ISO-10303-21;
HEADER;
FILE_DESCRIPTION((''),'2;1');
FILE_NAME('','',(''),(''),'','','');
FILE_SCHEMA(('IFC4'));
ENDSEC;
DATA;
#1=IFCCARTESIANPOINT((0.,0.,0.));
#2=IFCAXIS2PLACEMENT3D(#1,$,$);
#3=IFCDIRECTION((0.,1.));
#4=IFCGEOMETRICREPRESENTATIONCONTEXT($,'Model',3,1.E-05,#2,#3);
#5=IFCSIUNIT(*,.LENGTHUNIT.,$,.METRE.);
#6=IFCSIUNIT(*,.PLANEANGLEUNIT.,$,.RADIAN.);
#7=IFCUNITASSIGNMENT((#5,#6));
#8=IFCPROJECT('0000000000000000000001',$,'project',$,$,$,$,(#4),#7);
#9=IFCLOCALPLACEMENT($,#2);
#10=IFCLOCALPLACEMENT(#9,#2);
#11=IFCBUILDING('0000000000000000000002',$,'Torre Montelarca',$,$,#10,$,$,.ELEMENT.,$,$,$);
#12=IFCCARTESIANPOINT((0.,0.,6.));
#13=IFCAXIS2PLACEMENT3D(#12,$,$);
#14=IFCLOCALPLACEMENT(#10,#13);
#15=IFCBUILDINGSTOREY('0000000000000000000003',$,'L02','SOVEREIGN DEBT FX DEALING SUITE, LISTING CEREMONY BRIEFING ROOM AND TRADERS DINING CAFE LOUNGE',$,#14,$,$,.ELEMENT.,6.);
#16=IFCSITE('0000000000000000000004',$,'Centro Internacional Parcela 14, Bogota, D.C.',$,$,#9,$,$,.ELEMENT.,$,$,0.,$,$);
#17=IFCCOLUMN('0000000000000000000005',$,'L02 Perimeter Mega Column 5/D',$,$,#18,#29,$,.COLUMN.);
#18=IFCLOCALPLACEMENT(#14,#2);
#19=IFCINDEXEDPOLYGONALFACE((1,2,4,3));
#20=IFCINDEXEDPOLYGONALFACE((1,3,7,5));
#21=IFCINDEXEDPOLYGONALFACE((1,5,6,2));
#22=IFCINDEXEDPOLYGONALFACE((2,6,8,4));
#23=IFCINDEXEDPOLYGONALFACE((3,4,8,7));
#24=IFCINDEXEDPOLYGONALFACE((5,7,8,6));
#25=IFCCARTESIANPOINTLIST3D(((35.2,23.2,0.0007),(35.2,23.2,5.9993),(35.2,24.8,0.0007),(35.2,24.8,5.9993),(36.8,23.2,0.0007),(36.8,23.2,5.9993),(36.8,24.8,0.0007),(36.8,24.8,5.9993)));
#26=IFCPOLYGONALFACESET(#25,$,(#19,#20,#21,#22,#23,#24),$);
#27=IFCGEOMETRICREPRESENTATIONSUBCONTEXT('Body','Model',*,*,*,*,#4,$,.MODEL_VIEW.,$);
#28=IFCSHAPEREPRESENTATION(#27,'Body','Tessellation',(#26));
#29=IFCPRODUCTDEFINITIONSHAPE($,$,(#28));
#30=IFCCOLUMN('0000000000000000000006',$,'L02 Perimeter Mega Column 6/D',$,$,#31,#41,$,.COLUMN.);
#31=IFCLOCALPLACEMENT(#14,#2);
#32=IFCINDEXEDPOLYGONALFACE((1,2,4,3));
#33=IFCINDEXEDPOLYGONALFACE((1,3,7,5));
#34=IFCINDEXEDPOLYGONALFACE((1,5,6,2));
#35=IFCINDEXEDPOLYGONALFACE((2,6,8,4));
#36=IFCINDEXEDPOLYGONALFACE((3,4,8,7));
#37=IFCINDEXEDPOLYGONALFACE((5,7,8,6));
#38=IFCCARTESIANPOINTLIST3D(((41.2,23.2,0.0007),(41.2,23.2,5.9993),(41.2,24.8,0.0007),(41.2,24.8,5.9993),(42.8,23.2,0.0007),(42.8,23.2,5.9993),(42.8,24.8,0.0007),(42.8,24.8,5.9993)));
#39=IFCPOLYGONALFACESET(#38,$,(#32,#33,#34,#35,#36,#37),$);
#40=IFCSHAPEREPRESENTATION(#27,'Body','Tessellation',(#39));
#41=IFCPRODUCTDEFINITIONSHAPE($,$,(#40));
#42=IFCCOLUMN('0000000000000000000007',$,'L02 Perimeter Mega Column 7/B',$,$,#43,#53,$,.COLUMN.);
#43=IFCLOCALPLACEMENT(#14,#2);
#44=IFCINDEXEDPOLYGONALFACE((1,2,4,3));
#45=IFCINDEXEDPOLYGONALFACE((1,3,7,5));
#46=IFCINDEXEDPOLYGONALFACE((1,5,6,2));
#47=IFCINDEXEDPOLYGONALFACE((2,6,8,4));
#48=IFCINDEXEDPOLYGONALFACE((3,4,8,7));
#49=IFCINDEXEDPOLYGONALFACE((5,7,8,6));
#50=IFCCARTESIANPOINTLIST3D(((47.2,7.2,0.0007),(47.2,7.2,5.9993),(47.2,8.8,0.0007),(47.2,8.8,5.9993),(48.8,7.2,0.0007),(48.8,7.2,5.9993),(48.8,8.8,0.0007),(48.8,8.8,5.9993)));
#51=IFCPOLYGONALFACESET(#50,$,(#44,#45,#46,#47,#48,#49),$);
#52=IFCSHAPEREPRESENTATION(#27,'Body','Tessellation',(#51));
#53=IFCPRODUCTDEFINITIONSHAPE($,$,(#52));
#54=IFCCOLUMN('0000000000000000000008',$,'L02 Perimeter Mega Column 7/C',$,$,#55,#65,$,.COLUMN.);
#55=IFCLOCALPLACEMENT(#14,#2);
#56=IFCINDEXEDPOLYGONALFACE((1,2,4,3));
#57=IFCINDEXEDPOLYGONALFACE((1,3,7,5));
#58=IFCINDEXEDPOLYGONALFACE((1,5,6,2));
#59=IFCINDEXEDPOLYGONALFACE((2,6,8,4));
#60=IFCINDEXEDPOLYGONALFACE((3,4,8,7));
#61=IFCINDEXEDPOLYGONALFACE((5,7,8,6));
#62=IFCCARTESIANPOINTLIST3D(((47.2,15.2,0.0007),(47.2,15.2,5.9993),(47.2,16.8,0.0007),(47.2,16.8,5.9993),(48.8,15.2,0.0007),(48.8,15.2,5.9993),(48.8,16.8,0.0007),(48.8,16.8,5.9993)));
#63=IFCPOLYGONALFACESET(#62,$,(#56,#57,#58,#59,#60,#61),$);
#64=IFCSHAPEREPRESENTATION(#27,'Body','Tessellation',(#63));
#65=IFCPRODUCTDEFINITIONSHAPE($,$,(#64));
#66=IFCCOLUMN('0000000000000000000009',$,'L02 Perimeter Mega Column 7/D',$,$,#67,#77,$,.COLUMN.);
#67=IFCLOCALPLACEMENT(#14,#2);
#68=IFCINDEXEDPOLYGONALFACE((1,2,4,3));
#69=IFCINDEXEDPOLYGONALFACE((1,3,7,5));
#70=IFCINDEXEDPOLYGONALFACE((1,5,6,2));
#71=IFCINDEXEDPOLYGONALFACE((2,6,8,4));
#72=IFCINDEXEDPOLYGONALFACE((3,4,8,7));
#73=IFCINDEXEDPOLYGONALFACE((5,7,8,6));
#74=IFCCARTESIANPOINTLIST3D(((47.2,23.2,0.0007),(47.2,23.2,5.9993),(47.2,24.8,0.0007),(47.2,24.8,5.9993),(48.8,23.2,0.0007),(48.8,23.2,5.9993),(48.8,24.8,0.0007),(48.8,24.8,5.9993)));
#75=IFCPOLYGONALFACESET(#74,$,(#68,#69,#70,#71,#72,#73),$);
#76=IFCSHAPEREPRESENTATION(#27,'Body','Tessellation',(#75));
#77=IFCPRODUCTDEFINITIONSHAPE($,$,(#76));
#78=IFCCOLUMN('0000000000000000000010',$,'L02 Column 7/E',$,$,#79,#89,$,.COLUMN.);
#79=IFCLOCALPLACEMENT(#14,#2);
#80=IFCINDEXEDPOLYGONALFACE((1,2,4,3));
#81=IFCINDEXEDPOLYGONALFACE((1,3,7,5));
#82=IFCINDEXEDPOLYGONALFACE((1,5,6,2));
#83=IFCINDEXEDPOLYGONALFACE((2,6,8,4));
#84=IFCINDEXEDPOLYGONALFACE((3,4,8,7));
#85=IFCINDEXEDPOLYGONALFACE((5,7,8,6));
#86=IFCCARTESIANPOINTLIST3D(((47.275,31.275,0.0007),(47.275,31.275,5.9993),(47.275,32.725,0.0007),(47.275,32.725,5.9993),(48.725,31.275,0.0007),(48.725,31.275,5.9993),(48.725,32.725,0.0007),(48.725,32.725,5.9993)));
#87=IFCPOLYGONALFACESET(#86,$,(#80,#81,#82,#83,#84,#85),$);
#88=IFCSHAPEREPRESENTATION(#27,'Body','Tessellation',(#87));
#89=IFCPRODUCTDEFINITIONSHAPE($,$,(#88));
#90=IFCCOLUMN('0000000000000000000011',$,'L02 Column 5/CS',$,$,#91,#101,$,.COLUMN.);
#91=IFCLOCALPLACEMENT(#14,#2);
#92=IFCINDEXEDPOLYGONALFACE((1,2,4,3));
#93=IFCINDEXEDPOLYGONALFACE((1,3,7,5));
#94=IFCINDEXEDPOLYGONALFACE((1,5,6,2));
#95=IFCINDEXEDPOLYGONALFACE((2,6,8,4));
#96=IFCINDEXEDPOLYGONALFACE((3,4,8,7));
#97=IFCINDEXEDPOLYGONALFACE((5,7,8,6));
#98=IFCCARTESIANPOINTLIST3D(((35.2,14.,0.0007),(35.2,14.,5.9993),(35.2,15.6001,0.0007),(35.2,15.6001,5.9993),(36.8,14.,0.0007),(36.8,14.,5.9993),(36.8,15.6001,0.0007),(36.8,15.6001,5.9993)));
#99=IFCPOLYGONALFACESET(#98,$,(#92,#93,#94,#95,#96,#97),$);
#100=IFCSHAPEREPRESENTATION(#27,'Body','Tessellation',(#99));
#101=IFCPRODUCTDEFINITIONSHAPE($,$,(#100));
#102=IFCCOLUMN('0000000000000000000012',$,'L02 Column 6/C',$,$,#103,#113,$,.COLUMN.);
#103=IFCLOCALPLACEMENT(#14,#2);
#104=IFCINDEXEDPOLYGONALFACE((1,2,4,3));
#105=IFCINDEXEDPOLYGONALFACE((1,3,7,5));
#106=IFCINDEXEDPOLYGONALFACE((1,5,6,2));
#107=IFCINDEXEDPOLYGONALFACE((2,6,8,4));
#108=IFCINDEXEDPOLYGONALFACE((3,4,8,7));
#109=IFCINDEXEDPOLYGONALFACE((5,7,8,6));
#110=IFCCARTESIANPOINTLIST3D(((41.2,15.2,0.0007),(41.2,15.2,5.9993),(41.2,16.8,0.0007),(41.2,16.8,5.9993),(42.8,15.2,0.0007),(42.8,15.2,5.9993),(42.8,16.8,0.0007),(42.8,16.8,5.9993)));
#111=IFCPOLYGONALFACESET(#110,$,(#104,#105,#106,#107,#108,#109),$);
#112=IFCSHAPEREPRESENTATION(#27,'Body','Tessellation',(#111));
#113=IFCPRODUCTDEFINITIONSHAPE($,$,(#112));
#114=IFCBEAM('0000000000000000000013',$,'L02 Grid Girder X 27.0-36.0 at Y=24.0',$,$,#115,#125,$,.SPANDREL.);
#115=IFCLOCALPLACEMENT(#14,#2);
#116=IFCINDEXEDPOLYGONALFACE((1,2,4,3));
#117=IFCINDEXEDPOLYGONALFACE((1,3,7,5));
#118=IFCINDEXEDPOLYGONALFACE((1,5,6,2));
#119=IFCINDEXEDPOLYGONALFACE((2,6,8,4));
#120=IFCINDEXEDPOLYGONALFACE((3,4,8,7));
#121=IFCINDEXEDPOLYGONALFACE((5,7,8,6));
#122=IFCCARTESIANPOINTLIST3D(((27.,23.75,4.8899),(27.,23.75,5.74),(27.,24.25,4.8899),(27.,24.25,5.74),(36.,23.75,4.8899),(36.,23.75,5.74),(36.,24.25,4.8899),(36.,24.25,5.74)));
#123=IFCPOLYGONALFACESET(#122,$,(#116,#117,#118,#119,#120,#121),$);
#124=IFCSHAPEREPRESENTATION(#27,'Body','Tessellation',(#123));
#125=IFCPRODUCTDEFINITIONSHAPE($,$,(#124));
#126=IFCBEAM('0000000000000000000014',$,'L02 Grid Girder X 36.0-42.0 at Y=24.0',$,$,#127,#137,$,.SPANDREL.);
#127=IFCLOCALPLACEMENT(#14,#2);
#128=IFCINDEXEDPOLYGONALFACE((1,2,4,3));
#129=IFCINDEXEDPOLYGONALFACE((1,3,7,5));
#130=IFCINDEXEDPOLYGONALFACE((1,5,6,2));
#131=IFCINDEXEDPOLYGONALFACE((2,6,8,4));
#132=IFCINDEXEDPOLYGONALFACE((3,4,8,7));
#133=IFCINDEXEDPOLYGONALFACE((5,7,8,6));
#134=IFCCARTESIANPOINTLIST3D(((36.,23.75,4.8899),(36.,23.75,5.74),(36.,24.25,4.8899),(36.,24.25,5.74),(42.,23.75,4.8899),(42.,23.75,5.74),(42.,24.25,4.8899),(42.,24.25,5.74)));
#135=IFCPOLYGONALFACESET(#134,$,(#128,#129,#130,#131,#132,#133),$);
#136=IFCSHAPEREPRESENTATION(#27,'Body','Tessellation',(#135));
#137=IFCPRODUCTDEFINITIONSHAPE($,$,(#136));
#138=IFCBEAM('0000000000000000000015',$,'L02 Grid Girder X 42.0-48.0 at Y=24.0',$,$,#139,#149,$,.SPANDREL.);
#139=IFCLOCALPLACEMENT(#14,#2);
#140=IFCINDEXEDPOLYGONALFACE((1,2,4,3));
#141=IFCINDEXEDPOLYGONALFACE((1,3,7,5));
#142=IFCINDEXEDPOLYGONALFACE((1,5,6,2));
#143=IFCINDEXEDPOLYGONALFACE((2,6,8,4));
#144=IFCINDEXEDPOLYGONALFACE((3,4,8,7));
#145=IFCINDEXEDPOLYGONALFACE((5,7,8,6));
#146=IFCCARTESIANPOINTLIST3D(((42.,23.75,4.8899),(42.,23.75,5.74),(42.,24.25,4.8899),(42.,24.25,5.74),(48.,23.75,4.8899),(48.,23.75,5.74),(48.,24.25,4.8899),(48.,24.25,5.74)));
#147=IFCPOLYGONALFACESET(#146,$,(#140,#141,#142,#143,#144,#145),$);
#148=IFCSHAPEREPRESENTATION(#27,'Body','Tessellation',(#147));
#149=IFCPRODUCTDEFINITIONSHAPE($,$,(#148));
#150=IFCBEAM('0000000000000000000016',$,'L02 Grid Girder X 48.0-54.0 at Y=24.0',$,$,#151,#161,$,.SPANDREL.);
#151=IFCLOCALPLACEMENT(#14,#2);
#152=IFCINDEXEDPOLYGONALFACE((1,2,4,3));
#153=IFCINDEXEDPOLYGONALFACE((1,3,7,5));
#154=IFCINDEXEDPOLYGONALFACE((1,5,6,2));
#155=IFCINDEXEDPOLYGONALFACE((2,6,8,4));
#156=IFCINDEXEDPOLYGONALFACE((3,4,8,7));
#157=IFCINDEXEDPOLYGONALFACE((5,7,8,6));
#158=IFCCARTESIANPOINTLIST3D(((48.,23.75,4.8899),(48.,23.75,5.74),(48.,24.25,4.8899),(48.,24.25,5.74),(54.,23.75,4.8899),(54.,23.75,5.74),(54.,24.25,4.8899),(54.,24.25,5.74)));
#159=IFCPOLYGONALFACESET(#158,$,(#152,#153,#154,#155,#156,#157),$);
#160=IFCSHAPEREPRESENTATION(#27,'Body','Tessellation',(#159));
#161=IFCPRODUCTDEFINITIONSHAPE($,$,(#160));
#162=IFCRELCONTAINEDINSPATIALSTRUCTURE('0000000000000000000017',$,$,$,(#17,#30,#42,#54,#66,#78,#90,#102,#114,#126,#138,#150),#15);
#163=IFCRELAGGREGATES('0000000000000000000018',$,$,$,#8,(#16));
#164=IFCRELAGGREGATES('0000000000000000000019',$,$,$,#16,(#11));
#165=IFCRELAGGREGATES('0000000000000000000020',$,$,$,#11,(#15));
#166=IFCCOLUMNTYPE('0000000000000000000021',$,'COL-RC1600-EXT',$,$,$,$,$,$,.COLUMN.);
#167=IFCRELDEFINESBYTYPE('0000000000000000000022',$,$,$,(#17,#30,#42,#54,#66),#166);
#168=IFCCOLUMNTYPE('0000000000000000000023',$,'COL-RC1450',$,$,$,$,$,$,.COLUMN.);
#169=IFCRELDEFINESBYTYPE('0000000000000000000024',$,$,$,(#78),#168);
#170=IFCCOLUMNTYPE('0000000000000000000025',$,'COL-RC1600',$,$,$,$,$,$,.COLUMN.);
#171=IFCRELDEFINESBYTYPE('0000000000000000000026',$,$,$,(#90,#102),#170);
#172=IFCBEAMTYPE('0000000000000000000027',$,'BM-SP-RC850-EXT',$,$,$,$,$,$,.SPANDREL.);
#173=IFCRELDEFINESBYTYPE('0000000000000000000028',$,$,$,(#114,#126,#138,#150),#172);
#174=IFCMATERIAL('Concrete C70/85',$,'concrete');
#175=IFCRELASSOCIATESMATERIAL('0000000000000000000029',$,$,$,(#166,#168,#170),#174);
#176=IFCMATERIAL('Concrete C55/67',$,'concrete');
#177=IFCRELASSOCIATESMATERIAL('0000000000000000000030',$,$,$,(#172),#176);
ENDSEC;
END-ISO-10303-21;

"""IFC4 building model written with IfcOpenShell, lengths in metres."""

from ifc_helpers import new_model, si_unit, direction, frame, origin, origin_2d, place, context, subcontext, project, spatial, rectangle, extrude, source, transform, mapped, material, material_profile, profile_set, type_object, element, save


model = new_model("IFC4")

# Units and contexts
model_context = context("Model", 3, precision=1e-05, world=origin(), true_north=direction((0.0, 1.0)))
body_context = subcontext(model_context, "Body", "Model", "MODEL_VIEW")
ifc_project = project(units=[si_unit("LENGTHUNIT", "METRE"), si_unit("PLANEANGLEUNIT", "RADIAN")], contexts=[model_context])

# Site, building, storey
site_placement = place(None, origin())
site = spatial("IfcSite", under=ifc_project, at=site_placement, Name="Centro Internacional Parcela 14, Bogota, D.C.", CompositionType="ELEMENT", RefElevation=0.0)
building_placement = place(site_placement, origin())
building = spatial("IfcBuilding", under=site, at=building_placement, Name="Torre Montelarca", CompositionType="ELEMENT")
storey_placement = place(building_placement, frame((0.0, 0.0, 6.0)))
storey = spatial("IfcBuildingStorey", under=building, at=storey_placement, Name="L02", Description="SOVEREIGN DEBT FX DEALING SUITE, LISTING CEREMONY BRIEFING ROOM AND TRADERS DINING CAFE LOUNGE", CompositionType="ELEMENT", Elevation=6.0)

# Columns
ifc_material_1 = material(Name="Concrete C70/85", Category="concrete")
ifc_material_profile_1 = material_profile(ifc_material_1, rectangle(XDim=1.6001, YDim=1.6001, at=origin_2d()), Name="RC1600X1600", Category="concrete")
ifc_profile_set_1 = profile_set([ifc_material_profile_1], Name="Concrete C70/85")
column_type_1 = type_object("IfcColumnType", Name="COL-RC1600-EXT", PredefinedType="COLUMN", material=ifc_profile_set_1)
shared_shape_1 = source(origin(), body_context, "Body", "SweptSolid", [
    extrude(rectangle(XDim=1.6001, YDim=1.6001, at=origin_2d()), origin(), (0.0, 0.0, 1.0), 5.9985),
])
for number, where, z_axis, x_axis, name in (
    (1, (36.0, 24.0, 0.0007), (0.0, 0.0, 1.0), (1.0, 0.0, 0.0), "L02 Perimeter Mega Column 5/D"),
    (2, (42.0, 24.0, 0.0007), (0.0, 0.0, 1.0), (1.0, 0.0, 0.0), "L02 Perimeter Mega Column 6/D"),
    (3, (48.0, 8.0, 0.0007), (0.0, 0.0, 1.0), (1.0, 0.0, 0.0), "L02 Perimeter Mega Column 7/B"),
    (4, (48.0, 16.0, 0.0007), (0.0, 0.0, 1.0), (1.0, 0.0, 0.0), "L02 Perimeter Mega Column 7/C"),
    (5, (48.0, 24.0, 0.0007), (0.0, 0.0, 1.0), (1.0, 0.0, 0.0), "L02 Perimeter Mega Column 7/D"),
):
    element("IfcColumn", number, at=place(storey_placement, frame(where, z_axis=z_axis, x_axis=x_axis)), inside=storey, type_object=column_type_1, Name=name, PredefinedType="COLUMN", context=body_context, shape_type="MappedRepresentation", body=[
        mapped(shared_shape_1, transform((0.0, 0.0, 0.0), scale=1.0)),
    ])
ifc_material_profile_2 = material_profile(ifc_material_1, rectangle(XDim=1.45, YDim=1.45, at=origin_2d()), Name="RC1450X1450", Category="concrete")
ifc_profile_set_2 = profile_set([ifc_material_profile_2], Name="Concrete C70/85")
column_type_2 = type_object("IfcColumnType", Name="COL-RC1450", PredefinedType="COLUMN", material=ifc_profile_set_2)
shared_shape_2 = source(origin(), body_context, "Body", "SweptSolid", [
    extrude(rectangle(XDim=1.45, YDim=1.45, at=origin_2d()), origin(), (0.0, 0.0, 1.0), 5.9985),
])
column_placement = place(storey_placement, frame((48.0, 32.0, 0.0007), z_axis=(0.0, 0.0, 1.0), x_axis=(1.0, 0.0, 0.0)))
element("IfcColumn", 6, at=column_placement, inside=storey, type_object=column_type_2, Name="L02 Column 7/E", PredefinedType="COLUMN", context=body_context, shape_type="MappedRepresentation", body=[
    mapped(shared_shape_2, transform((0.0, 0.0, 0.0), scale=1.0)),
])
ifc_material_profile_3 = material_profile(ifc_material_1, rectangle(XDim=1.6001, YDim=1.6001, at=origin_2d()), Name="RC1600X1600", Category="concrete")
ifc_profile_set_3 = profile_set([ifc_material_profile_3], Name="Concrete C70/85")
column_type_3 = type_object("IfcColumnType", Name="COL-RC1600", PredefinedType="COLUMN", material=ifc_profile_set_3)
shared_shape_3 = source(origin(), body_context, "Body", "SweptSolid", [
    extrude(rectangle(XDim=1.6001, YDim=1.6001, at=origin_2d()), origin(), (0.0, 0.0, 1.0), 5.9985),
])
for number, where, z_axis, x_axis, name in (
    (7, (36.0, 14.8, 0.0007), (0.0, 0.0, 1.0), (1.0, 0.0, 0.0), "L02 Column 5/CS"),
    (8, (42.0, 16.0, 0.0007), (0.0, 0.0, 1.0), (1.0, 0.0, 0.0), "L02 Column 6/C"),
):
    element("IfcColumn", number, at=place(storey_placement, frame(where, z_axis=z_axis, x_axis=x_axis)), inside=storey, type_object=column_type_3, Name=name, PredefinedType="COLUMN", context=body_context, shape_type="MappedRepresentation", body=[
        mapped(shared_shape_3, transform((0.0, 0.0, 0.0), scale=1.0)),
    ])

# Beams
ifc_material_2 = material(Name="Concrete C55/67", Category="concrete")
ifc_material_profile_4 = material_profile(ifc_material_2, rectangle(XDim=0.5, YDim=0.8501, at=origin_2d()), Name="RCB500X850", Category="concrete")
ifc_profile_set_4 = profile_set([ifc_material_profile_4], Name="Concrete C55/67")
beam_type_1 = type_object("IfcBeamType", Name="BM-SP-RC850-EXT", PredefinedType="SPANDREL", material=ifc_profile_set_4)
shared_shape_4 = source(origin(), body_context, "Body", "SweptSolid", [
    extrude(rectangle(XDim=0.5, YDim=0.8501, at=origin_2d()), origin(), (0.0, 0.0, 1.0), 9.0),
])
beam_1_placement = place(storey_placement, frame((27.0, 24.0, 5.3149), z_axis=(1.0, 0.0, 0.0), x_axis=(0.0, 1.0, 0.0)))
element("IfcBeam", 9, at=beam_1_placement, inside=storey, type_object=beam_type_1, Name="L02 Grid Girder X 27.0-36.0 at Y=24.0", PredefinedType="SPANDREL", context=body_context, shape_type="MappedRepresentation", body=[
    mapped(shared_shape_4, transform((0.0, 0.0, 0.0), scale=1.0)),
])
shared_shape_5 = source(origin(), body_context, "Body", "SweptSolid", [
    extrude(rectangle(XDim=0.5, YDim=0.8501, at=origin_2d()), origin(), (0.0, 0.0, 1.0), 6.0),
])
for number, where, z_axis, x_axis, name in (
    (10, (36.0, 24.0, 5.3149), (1.0, 0.0, 0.0), (0.0, 1.0, 0.0), "L02 Grid Girder X 36.0-42.0 at Y=24.0"),
    (11, (42.0, 24.0, 5.3149), (1.0, 0.0, 0.0), (0.0, 1.0, 0.0), "L02 Grid Girder X 42.0-48.0 at Y=24.0"),
    (12, (48.0, 24.0, 5.3149), (1.0, 0.0, 0.0), (0.0, 1.0, 0.0), "L02 Grid Girder X 48.0-54.0 at Y=24.0"),
):
    element("IfcBeam", number, at=place(storey_placement, frame(where, z_axis=z_axis, x_axis=x_axis)), inside=storey, type_object=beam_type_1, Name=name, PredefinedType="SPANDREL", context=body_context, shape_type="MappedRepresentation", body=[
        mapped(shared_shape_5, transform((0.0, 0.0, 0.0), scale=1.0)),
    ])

save(model, "model.ifc")
